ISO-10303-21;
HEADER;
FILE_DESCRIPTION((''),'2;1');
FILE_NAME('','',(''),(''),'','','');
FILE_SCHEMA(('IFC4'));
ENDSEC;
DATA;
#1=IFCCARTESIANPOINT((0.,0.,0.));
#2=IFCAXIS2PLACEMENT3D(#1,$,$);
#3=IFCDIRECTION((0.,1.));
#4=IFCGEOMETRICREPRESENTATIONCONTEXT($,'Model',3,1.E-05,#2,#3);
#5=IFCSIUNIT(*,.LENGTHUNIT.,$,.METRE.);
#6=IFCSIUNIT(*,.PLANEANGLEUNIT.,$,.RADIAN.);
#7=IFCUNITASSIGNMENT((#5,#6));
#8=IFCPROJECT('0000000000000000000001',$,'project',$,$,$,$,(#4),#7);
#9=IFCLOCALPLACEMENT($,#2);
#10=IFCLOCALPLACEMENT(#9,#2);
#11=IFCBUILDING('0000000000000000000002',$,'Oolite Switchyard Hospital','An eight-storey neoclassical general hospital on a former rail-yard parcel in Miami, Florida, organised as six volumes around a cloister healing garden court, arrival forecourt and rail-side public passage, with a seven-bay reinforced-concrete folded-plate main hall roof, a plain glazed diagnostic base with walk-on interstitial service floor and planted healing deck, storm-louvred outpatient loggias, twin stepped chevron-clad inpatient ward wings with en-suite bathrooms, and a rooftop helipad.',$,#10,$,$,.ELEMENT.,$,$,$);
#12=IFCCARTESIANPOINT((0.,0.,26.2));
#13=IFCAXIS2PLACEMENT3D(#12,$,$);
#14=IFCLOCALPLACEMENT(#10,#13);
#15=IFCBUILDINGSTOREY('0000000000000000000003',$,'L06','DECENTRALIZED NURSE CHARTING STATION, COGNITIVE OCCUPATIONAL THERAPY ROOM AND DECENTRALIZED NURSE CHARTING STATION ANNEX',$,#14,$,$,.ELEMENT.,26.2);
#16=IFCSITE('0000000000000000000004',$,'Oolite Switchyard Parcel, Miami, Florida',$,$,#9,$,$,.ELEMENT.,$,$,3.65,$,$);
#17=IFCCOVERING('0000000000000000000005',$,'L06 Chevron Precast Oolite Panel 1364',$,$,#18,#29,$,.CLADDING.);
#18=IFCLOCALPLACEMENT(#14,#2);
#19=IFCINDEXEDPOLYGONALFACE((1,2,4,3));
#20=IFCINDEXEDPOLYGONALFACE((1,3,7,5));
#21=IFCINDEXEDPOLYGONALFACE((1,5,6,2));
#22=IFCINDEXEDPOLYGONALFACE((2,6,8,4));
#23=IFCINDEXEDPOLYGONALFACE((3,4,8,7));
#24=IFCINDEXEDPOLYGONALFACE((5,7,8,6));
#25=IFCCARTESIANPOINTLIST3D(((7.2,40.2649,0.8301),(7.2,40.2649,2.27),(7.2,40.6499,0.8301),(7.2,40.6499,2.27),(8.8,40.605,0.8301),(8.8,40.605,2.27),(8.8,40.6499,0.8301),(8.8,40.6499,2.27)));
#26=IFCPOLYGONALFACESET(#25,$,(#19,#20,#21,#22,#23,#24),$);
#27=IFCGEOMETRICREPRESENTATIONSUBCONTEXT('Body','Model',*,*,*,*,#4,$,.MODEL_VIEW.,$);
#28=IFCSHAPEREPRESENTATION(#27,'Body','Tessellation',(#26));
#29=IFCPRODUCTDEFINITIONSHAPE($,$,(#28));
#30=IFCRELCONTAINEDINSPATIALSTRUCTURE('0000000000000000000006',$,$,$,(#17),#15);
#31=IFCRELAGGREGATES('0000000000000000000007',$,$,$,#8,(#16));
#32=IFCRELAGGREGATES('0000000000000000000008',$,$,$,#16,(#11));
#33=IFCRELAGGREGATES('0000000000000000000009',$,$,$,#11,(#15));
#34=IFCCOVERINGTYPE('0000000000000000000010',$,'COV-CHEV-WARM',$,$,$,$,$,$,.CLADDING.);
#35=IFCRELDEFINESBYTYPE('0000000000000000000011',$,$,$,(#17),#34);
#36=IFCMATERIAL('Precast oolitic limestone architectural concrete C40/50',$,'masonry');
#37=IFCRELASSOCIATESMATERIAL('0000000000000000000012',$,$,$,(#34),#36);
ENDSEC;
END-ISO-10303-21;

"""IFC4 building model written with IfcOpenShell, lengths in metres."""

from ifc_helpers import new_model, si_unit, direction, frame, origin, place, context, subcontext, project, spatial, polyline, outline, extrude, material, type_object, element, save


model = new_model("IFC4")

# Units and contexts
model_context = context("Model", 3, precision=1e-05, world=origin(), true_north=direction((0.0, 1.0)))
body_context = subcontext(model_context, "Body", "Model", "MODEL_VIEW")
ifc_project = project(units=[si_unit("LENGTHUNIT", "METRE"), si_unit("PLANEANGLEUNIT", "RADIAN")], contexts=[model_context])

# Site, building, storey
site_placement = place(None, origin())
site = spatial("IfcSite", under=ifc_project, at=site_placement, Name="Oolite Switchyard Parcel, Miami, Florida", CompositionType="ELEMENT", RefElevation=3.65)
building_placement = place(site_placement, origin())
building = spatial("IfcBuilding", under=site, at=building_placement, Name="Oolite Switchyard Hospital", Description="An eight-storey neoclassical general hospital on a former rail-yard parcel in Miami, Florida, organised as six volumes around a cloister healing garden court, arrival forecourt and rail-side public passage, with a seven-bay reinforced-concrete folded-plate main hall roof, a plain glazed diagnostic base with walk-on interstitial service floor and planted healing deck, storm-louvred outpatient loggias, twin stepped chevron-clad inpatient ward wings with en-suite bathrooms, and a rooftop helipad.", CompositionType="ELEMENT")
storey_placement = place(building_placement, frame((0.0, 0.0, 26.2)))
storey = spatial("IfcBuildingStorey", under=building, at=storey_placement, Name="L06", Description="DECENTRALIZED NURSE CHARTING STATION, COGNITIVE OCCUPATIONAL THERAPY ROOM AND DECENTRALIZED NURSE CHARTING STATION ANNEX", CompositionType="ELEMENT", Elevation=26.2)

# Shared definitions
ifc_material_1 = material(Name="Precast oolitic limestone architectural concrete C40/50", Category="masonry")

# Covering
covering_type = type_object("IfcCoveringType", Name="COV-CHEV-WARM", PredefinedType="CLADDING", material=ifc_material_1)
covering_1_placement = place(storey_placement, frame((8.8, 40.6499, 0.8301), z_axis=(0.0, 0.0, 1.0), x_axis=(-1.0, 0.0, 0.0)))
element("IfcCovering", 1, at=covering_1_placement, inside=storey, type_object=covering_type, Name="L06 Chevron Precast Oolite Panel 1364", PredefinedType="CLADDING", context=body_context, shape_type="SweptSolid", body=[
    extrude(outline(polyline([(0.0, 0.0), (1.6001, 0.0), (1.6001, 0.385), (0.0, 0.0449), (0.0, 0.0)])), origin(), (0.0, 0.0, 1.0), 1.4399),
])

save(model, "model.ifc")
